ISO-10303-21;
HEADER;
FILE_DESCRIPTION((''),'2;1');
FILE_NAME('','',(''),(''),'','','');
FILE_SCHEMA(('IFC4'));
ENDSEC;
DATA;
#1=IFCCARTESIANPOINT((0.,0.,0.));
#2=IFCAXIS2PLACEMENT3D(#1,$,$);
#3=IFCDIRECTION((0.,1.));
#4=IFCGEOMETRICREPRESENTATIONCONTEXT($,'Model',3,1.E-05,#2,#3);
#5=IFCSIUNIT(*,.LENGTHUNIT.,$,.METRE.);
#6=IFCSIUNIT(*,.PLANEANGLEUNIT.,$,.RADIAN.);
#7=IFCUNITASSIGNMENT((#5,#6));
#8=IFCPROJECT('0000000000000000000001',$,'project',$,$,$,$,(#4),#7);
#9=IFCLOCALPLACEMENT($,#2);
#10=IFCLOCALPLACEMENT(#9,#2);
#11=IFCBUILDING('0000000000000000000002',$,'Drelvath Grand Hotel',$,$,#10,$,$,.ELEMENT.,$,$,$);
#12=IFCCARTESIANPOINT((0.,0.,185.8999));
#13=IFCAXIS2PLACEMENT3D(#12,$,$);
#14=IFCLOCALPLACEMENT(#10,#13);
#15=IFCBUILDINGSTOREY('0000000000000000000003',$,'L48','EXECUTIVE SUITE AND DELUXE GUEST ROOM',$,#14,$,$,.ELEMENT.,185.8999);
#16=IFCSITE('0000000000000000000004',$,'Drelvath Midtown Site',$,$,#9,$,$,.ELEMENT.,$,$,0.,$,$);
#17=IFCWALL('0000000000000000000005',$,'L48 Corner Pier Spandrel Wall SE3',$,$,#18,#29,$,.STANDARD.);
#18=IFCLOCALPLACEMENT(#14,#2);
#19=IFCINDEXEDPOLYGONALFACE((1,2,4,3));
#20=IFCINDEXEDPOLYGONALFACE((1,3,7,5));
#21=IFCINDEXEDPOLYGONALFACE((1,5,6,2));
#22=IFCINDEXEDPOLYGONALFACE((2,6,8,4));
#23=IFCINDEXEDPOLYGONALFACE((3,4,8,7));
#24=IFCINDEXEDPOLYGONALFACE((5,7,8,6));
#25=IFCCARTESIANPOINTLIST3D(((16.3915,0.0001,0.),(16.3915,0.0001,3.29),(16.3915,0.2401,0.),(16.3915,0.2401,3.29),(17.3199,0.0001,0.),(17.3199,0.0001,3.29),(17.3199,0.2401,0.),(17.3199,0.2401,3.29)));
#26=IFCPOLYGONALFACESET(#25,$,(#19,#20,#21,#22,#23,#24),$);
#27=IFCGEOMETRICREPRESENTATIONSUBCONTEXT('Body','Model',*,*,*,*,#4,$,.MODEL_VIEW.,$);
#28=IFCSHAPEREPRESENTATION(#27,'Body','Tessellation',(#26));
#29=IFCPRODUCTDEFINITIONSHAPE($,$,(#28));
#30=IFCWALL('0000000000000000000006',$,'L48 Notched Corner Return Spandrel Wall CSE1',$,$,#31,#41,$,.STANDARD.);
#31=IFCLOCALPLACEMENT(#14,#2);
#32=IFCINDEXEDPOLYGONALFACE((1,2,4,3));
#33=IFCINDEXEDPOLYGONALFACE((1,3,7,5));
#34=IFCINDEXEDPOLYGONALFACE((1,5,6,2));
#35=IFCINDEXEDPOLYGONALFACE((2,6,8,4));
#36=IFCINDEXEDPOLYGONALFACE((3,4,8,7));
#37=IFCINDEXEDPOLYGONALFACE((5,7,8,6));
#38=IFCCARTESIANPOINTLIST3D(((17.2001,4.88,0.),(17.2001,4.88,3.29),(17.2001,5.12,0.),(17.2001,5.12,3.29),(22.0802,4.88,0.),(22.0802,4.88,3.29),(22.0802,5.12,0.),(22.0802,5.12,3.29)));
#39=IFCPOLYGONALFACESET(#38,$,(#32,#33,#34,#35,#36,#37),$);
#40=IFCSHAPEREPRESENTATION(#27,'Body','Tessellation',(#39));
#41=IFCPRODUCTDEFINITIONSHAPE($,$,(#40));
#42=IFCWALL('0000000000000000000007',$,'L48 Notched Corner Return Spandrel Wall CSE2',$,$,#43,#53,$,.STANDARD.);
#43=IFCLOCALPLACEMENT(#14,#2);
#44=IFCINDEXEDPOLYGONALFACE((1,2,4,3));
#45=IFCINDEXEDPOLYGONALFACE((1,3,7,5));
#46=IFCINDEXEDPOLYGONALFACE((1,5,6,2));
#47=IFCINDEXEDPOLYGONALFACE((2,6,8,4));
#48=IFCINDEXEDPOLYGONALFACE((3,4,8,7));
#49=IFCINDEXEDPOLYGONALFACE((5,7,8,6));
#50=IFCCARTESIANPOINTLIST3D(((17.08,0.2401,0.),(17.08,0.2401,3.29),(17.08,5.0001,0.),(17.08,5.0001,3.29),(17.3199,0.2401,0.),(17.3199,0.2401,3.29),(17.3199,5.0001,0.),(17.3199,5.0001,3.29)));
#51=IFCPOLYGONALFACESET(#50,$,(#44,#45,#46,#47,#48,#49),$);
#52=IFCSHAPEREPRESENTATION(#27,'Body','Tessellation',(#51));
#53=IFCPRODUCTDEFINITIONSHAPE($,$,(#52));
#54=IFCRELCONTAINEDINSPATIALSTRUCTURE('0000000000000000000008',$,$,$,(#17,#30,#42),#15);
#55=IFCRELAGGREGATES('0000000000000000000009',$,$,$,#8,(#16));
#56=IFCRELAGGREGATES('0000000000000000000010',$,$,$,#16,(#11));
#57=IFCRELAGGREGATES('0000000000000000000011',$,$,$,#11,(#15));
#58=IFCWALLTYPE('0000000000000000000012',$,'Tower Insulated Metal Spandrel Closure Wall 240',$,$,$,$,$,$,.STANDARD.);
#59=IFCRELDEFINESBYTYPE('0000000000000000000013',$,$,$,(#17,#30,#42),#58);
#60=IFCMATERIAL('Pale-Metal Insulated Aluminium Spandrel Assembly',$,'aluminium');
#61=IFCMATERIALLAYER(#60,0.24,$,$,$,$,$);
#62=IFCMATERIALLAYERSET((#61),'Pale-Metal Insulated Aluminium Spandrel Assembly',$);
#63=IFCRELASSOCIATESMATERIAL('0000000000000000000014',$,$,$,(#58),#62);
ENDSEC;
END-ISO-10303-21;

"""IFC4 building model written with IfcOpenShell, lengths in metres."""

from ifc_helpers import new_model, si_unit, direction, frame, frame_2d, origin, place, context, subcontext, project, spatial, rectangle, extrude, material, layer, layer_set, type_object, element, save


model = new_model("IFC4")

# Units and contexts
model_context = context("Model", 3, precision=1e-05, world=origin(), true_north=direction((0.0, 1.0)))
body_context = subcontext(model_context, "Body", "Model", "MODEL_VIEW")
ifc_project = project(units=[si_unit("LENGTHUNIT", "METRE"), si_unit("PLANEANGLEUNIT", "RADIAN")], contexts=[model_context])

# Site, building, storey
site_placement = place(None, origin())
site = spatial("IfcSite", under=ifc_project, at=site_placement, Name="Drelvath Midtown Site", CompositionType="ELEMENT", RefElevation=0.0)
building_placement = place(site_placement, origin())
building = spatial("IfcBuilding", under=site, at=building_placement, Name="Drelvath Grand Hotel", CompositionType="ELEMENT")
storey_placement = place(building_placement, frame((0.0, 0.0, 185.8999)))
storey = spatial("IfcBuildingStorey", under=building, at=storey_placement, Name="L48", Description="EXECUTIVE SUITE AND DELUXE GUEST ROOM", CompositionType="ELEMENT", Elevation=185.8999)

# Walls
ifc_material_1 = material(Name="Pale-Metal Insulated Aluminium Spandrel Assembly", Category="aluminium")
ifc_layer_1 = layer(ifc_material_1, 0.24)
ifc_layer_set_1 = layer_set([ifc_layer_1], Name="Pale-Metal Insulated Aluminium Spandrel Assembly")
wall_type_1 = type_object("IfcWallType", Name="Tower Insulated Metal Spandrel Closure Wall 240", PredefinedType="STANDARD", material=ifc_layer_set_1)
wall_1_placement = place(storey_placement, frame((17.3201, 0.1201, 0.0), z_axis=(0.0, 0.0, 1.0), x_axis=(-1.0, 0.0, 0.0)))
element("IfcWall", 1, at=wall_1_placement, inside=storey, type_object=wall_type_1, Name="L48 Corner Pier Spandrel Wall SE3", PredefinedType="STANDARD", context=body_context, shape_type="SweptSolid", body=[
    extrude(rectangle(XDim=0.9285, YDim=0.24, at=frame_2d((0.4644, 0.0))), origin(), (0.0, 0.0, 1.0), 3.29),
])
wall_2_placement = place(storey_placement, frame((22.0801, 5.0, 0.0), z_axis=(0.0, 0.0, 1.0), x_axis=(-1.0, 0.0, 0.0)))
element("IfcWall", 2, at=wall_2_placement, inside=storey, type_object=wall_type_1, Name="L48 Notched Corner Return Spandrel Wall CSE1", PredefinedType="STANDARD", context=body_context, shape_type="SweptSolid", body=[
    extrude(rectangle(XDim=4.8801, YDim=0.24, at=frame_2d((2.4399, 0.0))), origin(), (0.0, 0.0, 1.0), 3.29),
])
wall_3_placement = place(storey_placement, frame((17.2, 5.0, 0.0), z_axis=(0.0, 0.0, 1.0), x_axis=(0.0, -1.0, 0.0)))
element("IfcWall", 3, at=wall_3_placement, inside=storey, type_object=wall_type_1, Name="L48 Notched Corner Return Spandrel Wall CSE2", PredefinedType="STANDARD", context=body_context, shape_type="SweptSolid", body=[
    extrude(rectangle(XDim=4.76, YDim=0.24, at=frame_2d((2.3799, 0.0))), origin(), (0.0, 0.0, 1.0), 3.29),
])

save(model, "model.ifc")
